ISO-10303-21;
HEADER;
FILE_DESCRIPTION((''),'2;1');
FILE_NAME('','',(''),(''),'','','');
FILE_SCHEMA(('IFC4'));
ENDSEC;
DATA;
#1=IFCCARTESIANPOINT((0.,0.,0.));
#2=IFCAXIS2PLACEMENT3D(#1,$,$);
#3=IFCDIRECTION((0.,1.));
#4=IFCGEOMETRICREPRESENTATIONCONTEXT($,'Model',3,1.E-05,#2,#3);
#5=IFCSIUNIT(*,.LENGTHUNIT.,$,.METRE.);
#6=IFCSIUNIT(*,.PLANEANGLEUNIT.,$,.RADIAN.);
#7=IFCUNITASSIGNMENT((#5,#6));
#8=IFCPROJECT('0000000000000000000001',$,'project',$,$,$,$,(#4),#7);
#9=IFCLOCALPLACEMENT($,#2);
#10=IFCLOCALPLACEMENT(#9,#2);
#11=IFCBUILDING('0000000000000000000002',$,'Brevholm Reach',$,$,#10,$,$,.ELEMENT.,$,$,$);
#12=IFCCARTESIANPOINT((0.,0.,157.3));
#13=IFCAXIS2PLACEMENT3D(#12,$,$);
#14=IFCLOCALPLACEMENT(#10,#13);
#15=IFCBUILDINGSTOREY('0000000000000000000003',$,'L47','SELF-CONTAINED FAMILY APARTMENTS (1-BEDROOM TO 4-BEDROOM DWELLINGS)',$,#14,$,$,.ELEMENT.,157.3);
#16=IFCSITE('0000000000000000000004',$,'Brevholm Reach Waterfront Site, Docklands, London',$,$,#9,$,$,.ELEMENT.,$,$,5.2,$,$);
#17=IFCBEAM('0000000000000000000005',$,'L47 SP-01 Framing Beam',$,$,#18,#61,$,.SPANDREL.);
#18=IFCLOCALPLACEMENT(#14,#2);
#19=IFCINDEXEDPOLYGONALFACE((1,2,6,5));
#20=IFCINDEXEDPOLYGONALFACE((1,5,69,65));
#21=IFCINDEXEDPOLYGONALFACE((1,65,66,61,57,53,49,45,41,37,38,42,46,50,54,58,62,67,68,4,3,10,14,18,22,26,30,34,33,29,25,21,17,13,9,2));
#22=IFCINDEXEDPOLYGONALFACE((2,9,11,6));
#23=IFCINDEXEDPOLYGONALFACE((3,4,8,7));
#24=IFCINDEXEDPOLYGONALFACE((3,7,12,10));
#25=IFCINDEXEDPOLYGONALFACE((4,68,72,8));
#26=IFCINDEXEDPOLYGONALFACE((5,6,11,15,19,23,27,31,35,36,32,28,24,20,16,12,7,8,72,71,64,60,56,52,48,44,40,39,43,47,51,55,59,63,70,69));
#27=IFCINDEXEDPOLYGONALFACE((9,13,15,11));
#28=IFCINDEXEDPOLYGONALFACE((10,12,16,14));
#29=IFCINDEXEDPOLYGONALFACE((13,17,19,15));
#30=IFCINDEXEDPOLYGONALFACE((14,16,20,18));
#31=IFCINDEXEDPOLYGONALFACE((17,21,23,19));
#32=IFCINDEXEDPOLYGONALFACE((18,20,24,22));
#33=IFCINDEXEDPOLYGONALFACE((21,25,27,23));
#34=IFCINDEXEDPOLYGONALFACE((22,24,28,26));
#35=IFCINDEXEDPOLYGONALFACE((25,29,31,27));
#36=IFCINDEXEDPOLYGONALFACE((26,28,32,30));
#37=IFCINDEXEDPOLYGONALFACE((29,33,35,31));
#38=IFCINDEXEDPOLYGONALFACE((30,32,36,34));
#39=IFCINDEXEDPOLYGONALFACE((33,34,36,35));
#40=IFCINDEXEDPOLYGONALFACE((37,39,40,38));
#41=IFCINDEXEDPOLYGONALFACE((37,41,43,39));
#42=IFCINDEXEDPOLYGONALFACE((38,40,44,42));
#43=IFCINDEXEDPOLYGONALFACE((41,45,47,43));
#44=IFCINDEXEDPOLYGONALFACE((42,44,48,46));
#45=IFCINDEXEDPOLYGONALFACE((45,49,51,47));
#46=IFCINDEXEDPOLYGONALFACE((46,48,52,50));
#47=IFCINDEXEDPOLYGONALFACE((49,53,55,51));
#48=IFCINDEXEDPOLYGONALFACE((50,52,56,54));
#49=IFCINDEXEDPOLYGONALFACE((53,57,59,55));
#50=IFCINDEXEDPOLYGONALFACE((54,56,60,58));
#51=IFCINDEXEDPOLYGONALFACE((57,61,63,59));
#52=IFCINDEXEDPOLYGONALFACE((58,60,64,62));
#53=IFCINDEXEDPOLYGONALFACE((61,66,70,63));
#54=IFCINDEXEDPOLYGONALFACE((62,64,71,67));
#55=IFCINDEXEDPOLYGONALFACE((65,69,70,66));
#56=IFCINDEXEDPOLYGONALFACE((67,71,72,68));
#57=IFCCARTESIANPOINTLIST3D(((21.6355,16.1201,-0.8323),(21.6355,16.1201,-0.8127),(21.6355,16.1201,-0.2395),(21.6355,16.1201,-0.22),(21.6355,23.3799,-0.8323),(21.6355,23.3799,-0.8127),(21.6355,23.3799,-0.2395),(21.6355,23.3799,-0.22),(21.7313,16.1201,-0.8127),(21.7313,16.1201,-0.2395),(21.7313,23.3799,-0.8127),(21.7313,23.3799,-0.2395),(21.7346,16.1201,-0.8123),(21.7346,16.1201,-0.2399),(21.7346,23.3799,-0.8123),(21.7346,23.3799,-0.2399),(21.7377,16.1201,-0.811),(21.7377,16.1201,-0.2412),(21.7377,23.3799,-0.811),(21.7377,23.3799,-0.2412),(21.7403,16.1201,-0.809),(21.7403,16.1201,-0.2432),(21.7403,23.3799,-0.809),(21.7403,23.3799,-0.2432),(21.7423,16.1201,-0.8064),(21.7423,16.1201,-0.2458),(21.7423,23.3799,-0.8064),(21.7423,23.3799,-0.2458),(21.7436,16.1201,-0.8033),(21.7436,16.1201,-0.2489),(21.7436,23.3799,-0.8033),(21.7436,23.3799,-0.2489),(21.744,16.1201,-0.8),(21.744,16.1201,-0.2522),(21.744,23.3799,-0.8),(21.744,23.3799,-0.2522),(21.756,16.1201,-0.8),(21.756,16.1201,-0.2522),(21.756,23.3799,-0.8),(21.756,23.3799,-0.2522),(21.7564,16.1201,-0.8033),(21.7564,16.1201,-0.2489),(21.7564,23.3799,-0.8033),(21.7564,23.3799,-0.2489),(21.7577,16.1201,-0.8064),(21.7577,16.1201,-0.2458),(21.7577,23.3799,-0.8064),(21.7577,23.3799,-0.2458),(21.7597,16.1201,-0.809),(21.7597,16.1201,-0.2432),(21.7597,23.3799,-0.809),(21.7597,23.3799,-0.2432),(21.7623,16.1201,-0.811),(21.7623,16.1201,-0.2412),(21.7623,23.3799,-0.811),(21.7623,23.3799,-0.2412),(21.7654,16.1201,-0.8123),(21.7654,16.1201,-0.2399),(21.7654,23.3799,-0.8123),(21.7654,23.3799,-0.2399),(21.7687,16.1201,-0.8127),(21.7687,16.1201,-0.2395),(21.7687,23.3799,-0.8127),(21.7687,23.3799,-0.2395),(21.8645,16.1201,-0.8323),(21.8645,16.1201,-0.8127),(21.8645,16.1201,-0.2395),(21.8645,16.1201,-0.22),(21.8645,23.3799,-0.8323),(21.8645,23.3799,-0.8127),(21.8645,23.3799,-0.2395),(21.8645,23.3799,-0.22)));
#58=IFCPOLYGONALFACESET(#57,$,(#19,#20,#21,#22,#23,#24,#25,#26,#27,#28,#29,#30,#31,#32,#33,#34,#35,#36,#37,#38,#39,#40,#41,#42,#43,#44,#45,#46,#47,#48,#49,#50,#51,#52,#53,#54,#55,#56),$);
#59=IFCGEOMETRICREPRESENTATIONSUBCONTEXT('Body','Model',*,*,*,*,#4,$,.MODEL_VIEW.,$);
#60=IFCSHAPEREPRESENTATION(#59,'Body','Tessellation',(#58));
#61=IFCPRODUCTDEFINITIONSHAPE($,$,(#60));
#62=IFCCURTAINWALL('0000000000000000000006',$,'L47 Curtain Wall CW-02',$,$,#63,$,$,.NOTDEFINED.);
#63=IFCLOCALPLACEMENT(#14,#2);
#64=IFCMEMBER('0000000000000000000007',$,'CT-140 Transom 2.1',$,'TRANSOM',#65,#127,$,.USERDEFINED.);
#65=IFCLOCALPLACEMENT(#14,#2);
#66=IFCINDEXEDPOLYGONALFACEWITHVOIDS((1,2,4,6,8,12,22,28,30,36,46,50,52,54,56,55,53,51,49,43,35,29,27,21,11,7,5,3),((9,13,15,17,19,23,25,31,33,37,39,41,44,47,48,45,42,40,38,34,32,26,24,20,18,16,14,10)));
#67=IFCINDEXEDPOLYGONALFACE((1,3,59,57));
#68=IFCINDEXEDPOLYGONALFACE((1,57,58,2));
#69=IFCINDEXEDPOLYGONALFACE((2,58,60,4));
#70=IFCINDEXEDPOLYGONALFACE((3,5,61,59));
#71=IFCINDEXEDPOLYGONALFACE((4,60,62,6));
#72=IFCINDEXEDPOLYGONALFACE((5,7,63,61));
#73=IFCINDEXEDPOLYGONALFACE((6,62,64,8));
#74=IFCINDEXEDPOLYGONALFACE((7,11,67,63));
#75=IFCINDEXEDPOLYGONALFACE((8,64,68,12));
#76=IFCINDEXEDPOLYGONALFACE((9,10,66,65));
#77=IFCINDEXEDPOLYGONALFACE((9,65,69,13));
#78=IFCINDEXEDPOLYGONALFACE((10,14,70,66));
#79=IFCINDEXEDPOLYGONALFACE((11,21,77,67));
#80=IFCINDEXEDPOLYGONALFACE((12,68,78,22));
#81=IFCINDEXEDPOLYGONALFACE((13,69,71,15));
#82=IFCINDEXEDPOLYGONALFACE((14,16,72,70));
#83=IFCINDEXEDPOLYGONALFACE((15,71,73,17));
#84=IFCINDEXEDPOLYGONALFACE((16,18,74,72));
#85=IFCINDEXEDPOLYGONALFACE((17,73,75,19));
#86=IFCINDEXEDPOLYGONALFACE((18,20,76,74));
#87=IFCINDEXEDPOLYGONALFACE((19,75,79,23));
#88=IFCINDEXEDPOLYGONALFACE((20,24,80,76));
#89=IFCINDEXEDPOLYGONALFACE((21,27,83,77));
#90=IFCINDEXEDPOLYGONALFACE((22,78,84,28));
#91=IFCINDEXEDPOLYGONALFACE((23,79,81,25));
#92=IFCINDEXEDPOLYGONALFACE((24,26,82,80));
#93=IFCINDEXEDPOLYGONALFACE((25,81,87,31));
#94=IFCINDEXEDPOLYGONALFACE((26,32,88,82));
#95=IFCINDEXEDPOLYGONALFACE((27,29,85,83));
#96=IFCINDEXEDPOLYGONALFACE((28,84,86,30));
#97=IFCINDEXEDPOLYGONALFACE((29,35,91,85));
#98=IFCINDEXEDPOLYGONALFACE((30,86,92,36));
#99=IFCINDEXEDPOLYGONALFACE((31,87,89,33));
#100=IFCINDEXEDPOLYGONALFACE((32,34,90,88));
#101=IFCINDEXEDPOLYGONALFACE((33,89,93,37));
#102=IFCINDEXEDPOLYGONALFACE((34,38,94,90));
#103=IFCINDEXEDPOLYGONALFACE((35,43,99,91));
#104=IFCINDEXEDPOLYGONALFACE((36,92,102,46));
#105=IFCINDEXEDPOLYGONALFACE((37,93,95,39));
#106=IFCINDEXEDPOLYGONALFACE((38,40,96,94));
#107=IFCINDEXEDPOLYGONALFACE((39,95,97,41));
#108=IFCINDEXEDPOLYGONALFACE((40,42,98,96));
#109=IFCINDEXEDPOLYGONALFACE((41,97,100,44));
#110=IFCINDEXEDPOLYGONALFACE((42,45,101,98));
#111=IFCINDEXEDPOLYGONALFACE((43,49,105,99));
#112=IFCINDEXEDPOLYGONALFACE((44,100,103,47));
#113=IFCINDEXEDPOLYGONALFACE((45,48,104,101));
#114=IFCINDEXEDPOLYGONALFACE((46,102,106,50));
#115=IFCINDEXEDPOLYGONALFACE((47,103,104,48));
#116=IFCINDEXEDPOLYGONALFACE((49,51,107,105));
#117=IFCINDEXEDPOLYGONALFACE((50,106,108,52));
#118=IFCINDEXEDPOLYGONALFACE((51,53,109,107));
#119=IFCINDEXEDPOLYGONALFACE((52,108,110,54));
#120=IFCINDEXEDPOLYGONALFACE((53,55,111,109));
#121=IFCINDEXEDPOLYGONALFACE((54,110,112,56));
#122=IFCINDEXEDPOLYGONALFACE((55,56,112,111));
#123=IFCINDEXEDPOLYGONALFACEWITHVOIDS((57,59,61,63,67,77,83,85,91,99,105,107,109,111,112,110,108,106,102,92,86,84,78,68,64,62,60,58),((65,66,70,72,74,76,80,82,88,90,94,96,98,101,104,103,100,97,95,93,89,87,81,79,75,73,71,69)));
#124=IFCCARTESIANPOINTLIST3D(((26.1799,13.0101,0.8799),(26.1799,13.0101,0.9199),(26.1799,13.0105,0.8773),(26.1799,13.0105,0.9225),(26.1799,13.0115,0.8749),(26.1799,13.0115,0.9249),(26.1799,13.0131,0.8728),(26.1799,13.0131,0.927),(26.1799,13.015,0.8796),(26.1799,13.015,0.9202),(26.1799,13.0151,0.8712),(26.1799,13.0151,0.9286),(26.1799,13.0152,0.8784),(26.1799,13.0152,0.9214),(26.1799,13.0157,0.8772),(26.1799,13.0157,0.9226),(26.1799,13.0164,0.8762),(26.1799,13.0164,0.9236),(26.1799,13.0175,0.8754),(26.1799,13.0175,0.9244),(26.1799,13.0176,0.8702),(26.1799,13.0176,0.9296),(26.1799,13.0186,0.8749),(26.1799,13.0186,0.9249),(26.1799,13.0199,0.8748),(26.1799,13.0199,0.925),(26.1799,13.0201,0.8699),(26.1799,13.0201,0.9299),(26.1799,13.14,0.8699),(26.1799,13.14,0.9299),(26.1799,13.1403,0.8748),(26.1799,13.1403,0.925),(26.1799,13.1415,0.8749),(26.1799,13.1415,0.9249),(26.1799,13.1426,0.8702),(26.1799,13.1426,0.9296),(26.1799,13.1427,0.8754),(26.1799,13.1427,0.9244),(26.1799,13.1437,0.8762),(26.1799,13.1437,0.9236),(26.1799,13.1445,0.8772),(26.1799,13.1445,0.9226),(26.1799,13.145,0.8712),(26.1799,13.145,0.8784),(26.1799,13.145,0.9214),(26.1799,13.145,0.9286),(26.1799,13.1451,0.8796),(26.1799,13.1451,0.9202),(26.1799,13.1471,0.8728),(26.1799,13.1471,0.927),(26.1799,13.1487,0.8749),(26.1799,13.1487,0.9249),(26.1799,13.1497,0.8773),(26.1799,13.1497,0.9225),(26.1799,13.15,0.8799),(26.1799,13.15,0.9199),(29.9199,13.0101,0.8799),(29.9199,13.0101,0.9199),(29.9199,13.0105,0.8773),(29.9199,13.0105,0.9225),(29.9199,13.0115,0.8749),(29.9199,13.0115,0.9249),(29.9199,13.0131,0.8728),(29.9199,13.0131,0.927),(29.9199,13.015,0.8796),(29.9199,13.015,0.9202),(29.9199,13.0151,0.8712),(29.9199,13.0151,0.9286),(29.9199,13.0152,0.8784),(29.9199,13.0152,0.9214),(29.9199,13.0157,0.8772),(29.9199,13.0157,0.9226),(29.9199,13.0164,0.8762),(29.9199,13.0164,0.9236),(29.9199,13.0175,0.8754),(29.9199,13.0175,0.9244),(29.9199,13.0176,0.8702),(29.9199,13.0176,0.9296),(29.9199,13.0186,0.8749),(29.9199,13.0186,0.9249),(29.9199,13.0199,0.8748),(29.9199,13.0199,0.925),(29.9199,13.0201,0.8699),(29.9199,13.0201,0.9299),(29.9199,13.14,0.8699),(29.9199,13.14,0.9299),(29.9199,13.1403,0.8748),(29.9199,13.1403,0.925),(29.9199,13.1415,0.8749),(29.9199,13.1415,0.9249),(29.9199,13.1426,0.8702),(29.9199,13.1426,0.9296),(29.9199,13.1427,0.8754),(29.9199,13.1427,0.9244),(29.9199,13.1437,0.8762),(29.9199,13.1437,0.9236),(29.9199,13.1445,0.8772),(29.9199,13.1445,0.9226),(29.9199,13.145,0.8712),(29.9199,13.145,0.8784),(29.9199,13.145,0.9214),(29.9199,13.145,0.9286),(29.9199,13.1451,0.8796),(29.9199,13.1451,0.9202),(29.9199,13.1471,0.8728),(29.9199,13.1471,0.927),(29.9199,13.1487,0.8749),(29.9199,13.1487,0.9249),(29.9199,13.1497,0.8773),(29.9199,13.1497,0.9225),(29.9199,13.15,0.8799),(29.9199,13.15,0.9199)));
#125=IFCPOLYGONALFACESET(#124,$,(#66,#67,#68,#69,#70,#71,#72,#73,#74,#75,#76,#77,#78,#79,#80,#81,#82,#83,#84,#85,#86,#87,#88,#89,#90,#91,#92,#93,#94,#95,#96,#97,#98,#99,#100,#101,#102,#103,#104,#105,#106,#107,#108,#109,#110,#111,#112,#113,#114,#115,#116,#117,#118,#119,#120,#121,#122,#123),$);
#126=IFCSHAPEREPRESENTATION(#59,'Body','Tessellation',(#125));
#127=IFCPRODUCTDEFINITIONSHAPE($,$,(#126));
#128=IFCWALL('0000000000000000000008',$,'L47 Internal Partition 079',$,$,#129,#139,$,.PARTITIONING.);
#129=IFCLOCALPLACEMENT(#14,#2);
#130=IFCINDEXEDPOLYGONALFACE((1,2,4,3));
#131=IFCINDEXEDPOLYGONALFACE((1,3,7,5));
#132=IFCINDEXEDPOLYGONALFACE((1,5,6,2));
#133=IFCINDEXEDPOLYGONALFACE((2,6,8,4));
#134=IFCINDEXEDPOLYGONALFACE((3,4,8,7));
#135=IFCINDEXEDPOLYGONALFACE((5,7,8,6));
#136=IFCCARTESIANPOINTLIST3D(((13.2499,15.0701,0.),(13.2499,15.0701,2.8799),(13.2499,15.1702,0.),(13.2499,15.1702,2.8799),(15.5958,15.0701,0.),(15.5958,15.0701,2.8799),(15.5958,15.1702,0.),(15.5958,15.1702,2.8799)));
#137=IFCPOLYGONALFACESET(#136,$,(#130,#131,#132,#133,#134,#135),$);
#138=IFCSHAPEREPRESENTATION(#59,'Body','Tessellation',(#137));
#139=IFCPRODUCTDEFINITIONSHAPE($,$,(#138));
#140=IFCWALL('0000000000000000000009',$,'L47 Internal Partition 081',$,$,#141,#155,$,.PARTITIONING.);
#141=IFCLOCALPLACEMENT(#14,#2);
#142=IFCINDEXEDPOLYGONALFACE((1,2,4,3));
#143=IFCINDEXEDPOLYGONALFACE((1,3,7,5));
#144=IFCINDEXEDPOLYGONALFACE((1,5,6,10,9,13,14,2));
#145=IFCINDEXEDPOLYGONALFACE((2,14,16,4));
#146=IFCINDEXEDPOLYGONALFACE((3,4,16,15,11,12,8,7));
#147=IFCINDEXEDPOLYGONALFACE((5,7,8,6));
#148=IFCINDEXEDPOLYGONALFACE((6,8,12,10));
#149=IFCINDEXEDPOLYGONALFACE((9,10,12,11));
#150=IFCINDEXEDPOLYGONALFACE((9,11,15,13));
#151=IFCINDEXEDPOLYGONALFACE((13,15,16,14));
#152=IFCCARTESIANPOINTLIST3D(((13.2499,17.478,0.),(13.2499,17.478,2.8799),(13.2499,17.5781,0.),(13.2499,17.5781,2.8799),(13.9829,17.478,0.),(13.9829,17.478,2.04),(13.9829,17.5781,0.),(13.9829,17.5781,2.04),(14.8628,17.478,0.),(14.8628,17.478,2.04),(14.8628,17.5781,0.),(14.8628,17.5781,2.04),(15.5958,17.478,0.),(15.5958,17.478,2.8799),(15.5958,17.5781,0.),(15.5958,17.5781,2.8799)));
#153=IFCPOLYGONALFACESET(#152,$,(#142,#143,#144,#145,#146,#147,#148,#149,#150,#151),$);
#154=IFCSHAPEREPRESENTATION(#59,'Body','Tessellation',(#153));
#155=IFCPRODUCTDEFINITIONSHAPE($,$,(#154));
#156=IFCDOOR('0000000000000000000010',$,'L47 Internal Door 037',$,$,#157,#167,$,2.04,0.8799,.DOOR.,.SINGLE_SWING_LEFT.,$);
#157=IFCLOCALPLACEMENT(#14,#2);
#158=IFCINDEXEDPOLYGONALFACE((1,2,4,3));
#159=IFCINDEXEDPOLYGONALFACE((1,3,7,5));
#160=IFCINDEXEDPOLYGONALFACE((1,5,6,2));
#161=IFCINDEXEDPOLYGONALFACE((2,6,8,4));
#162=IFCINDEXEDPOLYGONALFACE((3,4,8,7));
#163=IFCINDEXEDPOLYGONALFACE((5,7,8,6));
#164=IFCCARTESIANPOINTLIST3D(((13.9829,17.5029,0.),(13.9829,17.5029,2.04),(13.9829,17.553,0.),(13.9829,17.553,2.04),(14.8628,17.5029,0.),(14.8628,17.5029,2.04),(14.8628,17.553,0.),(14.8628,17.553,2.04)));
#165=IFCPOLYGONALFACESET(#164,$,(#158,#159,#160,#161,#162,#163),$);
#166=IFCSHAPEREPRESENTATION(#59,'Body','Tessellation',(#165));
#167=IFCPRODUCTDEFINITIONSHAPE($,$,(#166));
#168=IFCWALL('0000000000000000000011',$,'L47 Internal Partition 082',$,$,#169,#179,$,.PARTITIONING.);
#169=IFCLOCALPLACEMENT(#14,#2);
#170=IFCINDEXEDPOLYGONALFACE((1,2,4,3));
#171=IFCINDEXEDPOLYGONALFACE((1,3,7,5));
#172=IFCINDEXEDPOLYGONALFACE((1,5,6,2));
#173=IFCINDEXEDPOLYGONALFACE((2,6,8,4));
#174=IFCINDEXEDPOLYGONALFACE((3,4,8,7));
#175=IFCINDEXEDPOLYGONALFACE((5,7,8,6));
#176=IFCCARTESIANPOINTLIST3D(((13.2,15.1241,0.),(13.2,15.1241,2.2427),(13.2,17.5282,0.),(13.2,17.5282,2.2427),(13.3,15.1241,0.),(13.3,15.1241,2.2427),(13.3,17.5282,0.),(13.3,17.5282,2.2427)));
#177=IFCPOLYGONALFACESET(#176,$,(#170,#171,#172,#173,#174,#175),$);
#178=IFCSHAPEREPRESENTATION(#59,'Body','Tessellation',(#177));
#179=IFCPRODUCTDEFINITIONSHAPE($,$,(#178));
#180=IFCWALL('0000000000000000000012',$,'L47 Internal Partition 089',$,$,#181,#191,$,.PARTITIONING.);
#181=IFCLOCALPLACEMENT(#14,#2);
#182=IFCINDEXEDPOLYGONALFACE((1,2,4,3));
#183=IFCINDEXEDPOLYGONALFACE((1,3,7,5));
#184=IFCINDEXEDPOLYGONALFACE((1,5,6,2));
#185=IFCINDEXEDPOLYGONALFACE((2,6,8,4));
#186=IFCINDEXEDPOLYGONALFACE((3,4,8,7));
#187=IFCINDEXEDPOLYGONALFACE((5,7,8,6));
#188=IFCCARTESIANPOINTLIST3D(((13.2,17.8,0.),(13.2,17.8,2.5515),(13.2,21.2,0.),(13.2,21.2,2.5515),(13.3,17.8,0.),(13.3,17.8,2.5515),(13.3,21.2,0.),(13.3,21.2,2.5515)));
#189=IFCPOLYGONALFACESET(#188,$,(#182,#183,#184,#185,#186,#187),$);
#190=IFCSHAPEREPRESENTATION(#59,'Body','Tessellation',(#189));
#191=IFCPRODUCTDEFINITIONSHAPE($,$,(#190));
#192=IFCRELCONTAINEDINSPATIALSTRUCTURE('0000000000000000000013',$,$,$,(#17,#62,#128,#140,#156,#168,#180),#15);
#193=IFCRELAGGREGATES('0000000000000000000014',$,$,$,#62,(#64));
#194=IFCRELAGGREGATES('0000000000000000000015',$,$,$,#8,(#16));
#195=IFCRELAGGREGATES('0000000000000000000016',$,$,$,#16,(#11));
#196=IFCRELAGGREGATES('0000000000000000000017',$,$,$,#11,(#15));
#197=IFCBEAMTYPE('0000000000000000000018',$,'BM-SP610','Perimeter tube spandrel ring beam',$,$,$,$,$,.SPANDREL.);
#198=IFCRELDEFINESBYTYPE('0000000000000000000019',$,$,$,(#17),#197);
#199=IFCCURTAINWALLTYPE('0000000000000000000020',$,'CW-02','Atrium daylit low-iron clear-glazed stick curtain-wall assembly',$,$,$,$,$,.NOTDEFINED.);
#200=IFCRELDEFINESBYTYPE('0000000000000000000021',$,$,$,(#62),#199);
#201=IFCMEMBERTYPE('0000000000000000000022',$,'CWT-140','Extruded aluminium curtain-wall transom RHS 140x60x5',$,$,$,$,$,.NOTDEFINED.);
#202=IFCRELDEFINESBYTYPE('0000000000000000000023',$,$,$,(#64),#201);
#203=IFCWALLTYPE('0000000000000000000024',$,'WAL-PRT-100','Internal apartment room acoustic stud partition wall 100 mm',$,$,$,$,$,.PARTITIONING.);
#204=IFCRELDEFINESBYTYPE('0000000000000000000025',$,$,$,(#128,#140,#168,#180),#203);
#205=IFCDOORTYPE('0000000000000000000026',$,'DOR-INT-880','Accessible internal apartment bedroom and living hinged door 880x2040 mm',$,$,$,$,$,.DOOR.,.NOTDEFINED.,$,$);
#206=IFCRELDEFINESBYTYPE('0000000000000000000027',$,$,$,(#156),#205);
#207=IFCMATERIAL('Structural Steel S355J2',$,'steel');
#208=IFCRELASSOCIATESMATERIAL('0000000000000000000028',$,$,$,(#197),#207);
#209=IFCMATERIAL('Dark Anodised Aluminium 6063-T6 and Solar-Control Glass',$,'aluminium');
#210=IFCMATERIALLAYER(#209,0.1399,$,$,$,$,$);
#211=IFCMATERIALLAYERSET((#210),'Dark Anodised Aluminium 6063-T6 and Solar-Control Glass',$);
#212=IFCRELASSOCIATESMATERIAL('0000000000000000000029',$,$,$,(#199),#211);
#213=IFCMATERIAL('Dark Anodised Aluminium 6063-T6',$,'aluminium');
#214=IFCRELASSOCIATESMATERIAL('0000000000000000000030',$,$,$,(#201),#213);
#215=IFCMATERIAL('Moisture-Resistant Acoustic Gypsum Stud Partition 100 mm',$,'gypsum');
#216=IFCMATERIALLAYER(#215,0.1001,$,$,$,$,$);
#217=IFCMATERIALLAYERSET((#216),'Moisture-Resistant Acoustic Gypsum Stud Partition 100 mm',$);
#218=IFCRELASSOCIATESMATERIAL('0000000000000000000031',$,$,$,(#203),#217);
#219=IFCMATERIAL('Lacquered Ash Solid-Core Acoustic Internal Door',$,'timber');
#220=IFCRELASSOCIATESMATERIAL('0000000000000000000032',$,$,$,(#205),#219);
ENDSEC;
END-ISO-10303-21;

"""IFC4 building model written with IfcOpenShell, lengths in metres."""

from ifc_helpers import new_model, si_unit, direction, frame, frame_2d, origin, origin_2d, place, context, subcontext, project, spatial, rectangle, hollow_rectangle, i_section, extrude, material, layer, layer_set, material_profile, profile_set, type_object, element, fill, aggregate, save


model = new_model("IFC4")

# Units and contexts
model_context = context("Model", 3, precision=1e-05, world=origin(), true_north=direction((0.0, 1.0)))
body_context = subcontext(model_context, "Body", "Model", "MODEL_VIEW")
ifc_project = project(units=[si_unit("LENGTHUNIT", "METRE"), si_unit("PLANEANGLEUNIT", "RADIAN")], contexts=[model_context])

# Site, building, storey
site_placement = place(None, origin())
site = spatial("IfcSite", under=ifc_project, at=site_placement, Name="Brevholm Reach Waterfront Site, Docklands, London", CompositionType="ELEMENT", RefElevation=5.2)
building_placement = place(site_placement, origin())
building = spatial("IfcBuilding", under=site, at=building_placement, Name="Brevholm Reach", CompositionType="ELEMENT")
storey_placement = place(building_placement, frame((0.0, 0.0, 157.3)))
storey = spatial("IfcBuildingStorey", under=building, at=storey_placement, Name="L47", Description="SELF-CONTAINED FAMILY APARTMENTS (1-BEDROOM TO 4-BEDROOM DWELLINGS)", CompositionType="ELEMENT", Elevation=157.3)

# Beam
ifc_material_1 = material(Name="Structural Steel S355J2", Category="steel")
ifc_material_profile_1 = material_profile(ifc_material_1, i_section(OverallWidth=0.229, OverallDepth=0.6123, WebThickness=0.012, FlangeThickness=0.0195, FilletRadius=0.0127, at=origin_2d()), Name="UKB 610x229x125")
ifc_profile_set_1 = profile_set([ifc_material_profile_1], Name="Structural Steel S355J2")
beam_type_1 = type_object("IfcBeamType", Name="BM-SP610", Description="Perimeter tube spandrel ring beam", PredefinedType="SPANDREL", material=ifc_profile_set_1)
beam_1_placement = place(storey_placement, frame((21.75, 16.1201, -0.5261), z_axis=(0.0, 1.0, 0.0), x_axis=(-1.0, 0.0, 0.0)))
element("IfcBeam", 1, at=beam_1_placement, inside=storey, type_object=beam_type_1, Name="L47 SP-01 Framing Beam", PredefinedType="SPANDREL", context=body_context, shape_type="SweptSolid", body=[
    extrude(i_section(OverallWidth=0.229, OverallDepth=0.6123, WebThickness=0.012, FlangeThickness=0.0195, FilletRadius=0.0127, at=origin_2d()), origin(), (0.0, 0.0, 1.0), 7.2598),
])

# Curtain wall, member
ifc_material_2 = material(Name="Dark Anodised Aluminium 6063-T6 and Solar-Control Glass", Category="aluminium")
ifc_layer_1 = layer(ifc_material_2, 0.1399)
ifc_layer_set_1 = layer_set([ifc_layer_1], Name="Dark Anodised Aluminium 6063-T6 and Solar-Control Glass")
curtain_wall_type = type_object("IfcCurtainWallType", Name="CW-02", Description="Atrium daylit low-iron clear-glazed stick curtain-wall assembly", PredefinedType="NOTDEFINED", material=ifc_layer_set_1)
curtain_wall_placement = place(storey_placement, origin())
curtain_wall = element("IfcCurtainWall", 2, at=curtain_wall_placement, inside=storey, type_object=curtain_wall_type, Name="L47 Curtain Wall CW-02", PredefinedType="NOTDEFINED")
ifc_material_3 = material(Name="Dark Anodised Aluminium 6063-T6", Category="aluminium")
ifc_material_profile_2 = material_profile(ifc_material_3, hollow_rectangle(XDim=0.0601, YDim=0.1399, WallThickness=0.0049, InnerFilletRadius=0.0049, OuterFilletRadius=0.01, at=origin_2d()), Name="RHS 140x60x5")
ifc_profile_set_2 = profile_set([ifc_material_profile_2], Name="Dark Anodised Aluminium 6063-T6")
member_type = type_object("IfcMemberType", Name="CWT-140", Description="Extruded aluminium curtain-wall transom RHS 140x60x5", PredefinedType="NOTDEFINED", material=ifc_profile_set_2)
member_placement = place(storey_placement, frame((26.1799, 13.0801, 0.8999), z_axis=(1.0, 0.0, 0.0), x_axis=(0.0, 0.0, 1.0)))
member = element("IfcMember", 3, at=member_placement, type_object=member_type, Name="CT-140 Transom 2.1", ObjectType="TRANSOM", PredefinedType="USERDEFINED", context=body_context, shape_type="SweptSolid", body=[
    extrude(hollow_rectangle(XDim=0.0601, YDim=0.1399, WallThickness=0.0049, InnerFilletRadius=0.0049, OuterFilletRadius=0.01, at=origin_2d()), origin(), (0.0, 0.0, 1.0), 3.74),
])
aggregate(curtain_wall, [member])

# Wall
ifc_material_4 = material(Name="Moisture-Resistant Acoustic Gypsum Stud Partition 100 mm", Category="gypsum")
ifc_layer_2 = layer(ifc_material_4, 0.1001)
ifc_layer_set_2 = layer_set([ifc_layer_2], Name="Moisture-Resistant Acoustic Gypsum Stud Partition 100 mm")
wall_type_1 = type_object("IfcWallType", Name="WAL-PRT-100", Description="Internal apartment room acoustic stud partition wall 100 mm", PredefinedType="PARTITIONING", material=ifc_layer_set_2)
wall_1_placement = place(storey_placement, frame((13.25, 15.1201, 0.0), z_axis=(0.0, 0.0, 1.0), x_axis=(1.0, 0.0, 0.0)))
element("IfcWall", 4, at=wall_1_placement, inside=storey, type_object=wall_type_1, Name="L47 Internal Partition 079", PredefinedType="PARTITIONING", context=body_context, shape_type="SweptSolid", body=[
    extrude(rectangle(XDim=2.3459, YDim=0.1001, at=frame_2d((1.1729, 0.0))), origin(), (0.0, 0.0, 1.0), 2.8799),
])

# Wall, opening, door
wall_2_placement = place(storey_placement, frame((13.25, 17.5281, 0.0), z_axis=(0.0, 0.0, 1.0), x_axis=(1.0, 0.0, 0.0)))
wall_2 = element("IfcWall", 5, at=wall_2_placement, inside=storey, type_object=wall_type_1, Name="L47 Internal Partition 081", PredefinedType="PARTITIONING", context=body_context, shape_type="SweptSolid", body=[
    extrude(rectangle(XDim=2.3459, YDim=0.1001, at=frame_2d((1.1729, 0.0))), origin(), (0.0, 0.0, 1.0), 2.8799),
])
opening_1_placement = place(wall_2_placement, frame((0.7329, 0.0, 0.0)))
opening_1 = element("IfcOpeningElement", 6, at=opening_1_placement, cuts=wall_2, PredefinedType="OPENING", context=body_context, shape_type="SweptSolid", body=[
    extrude(rectangle(XDim=0.8799, YDim=2.04, at=frame_2d((0.4399, 1.02))), frame((0.0, 0.0601, 0.0), z_axis=(0.0, -1.0, 0.0), x_axis=(1.0, 0.0, 0.0)), (0.0, 0.0, 1.0), 0.1201),
])
ifc_material_5 = material(Name="Lacquered Ash Solid-Core Acoustic Internal Door", Category="timber")
door_type_1 = type_object("IfcDoorType", Name="DOR-INT-880", Description="Accessible internal apartment bedroom and living hinged door 880x2040 mm", OperationType="NOTDEFINED", PredefinedType="DOOR", material=ifc_material_5)
door_1_placement = place(opening_1_placement, origin())
door_1 = element("IfcDoor", 7, at=door_1_placement, inside=storey, type_object=door_type_1, Name="L47 Internal Door 037", OperationType="SINGLE_SWING_LEFT", OverallHeight=2.04, OverallWidth=0.8799, PredefinedType="DOOR", context=body_context, shape_type="SweptSolid", body=[
    extrude(rectangle(XDim=0.8799, YDim=2.04, at=frame_2d((0.4399, 1.02))), frame((0.0, 0.0249, 0.0), z_axis=(0.0, -1.0, 0.0), x_axis=(1.0, 0.0, 0.0)), (0.0, 0.0, 1.0), 0.05),
])
fill(opening_1, door_1)

# Walls
wall_3_placement = place(storey_placement, frame((13.25, 15.124, 0.0), z_axis=(0.0, 0.0, 1.0), x_axis=(0.0, 1.0, 0.0)))
element("IfcWall", 8, at=wall_3_placement, inside=storey, type_object=wall_type_1, Name="L47 Internal Partition 082", PredefinedType="PARTITIONING", context=body_context, shape_type="SweptSolid", body=[
    extrude(rectangle(XDim=2.4041, YDim=0.1001, at=frame_2d((1.2021, 0.0))), origin(), (0.0, 0.0, 1.0), 2.2427),
])
wall_4_placement = place(storey_placement, frame((13.25, 17.8, 0.0), z_axis=(0.0, 0.0, 1.0), x_axis=(0.0, 1.0, 0.0)))
element("IfcWall", 9, at=wall_4_placement, inside=storey, type_object=wall_type_1, Name="L47 Internal Partition 089", PredefinedType="PARTITIONING", context=body_context, shape_type="SweptSolid", body=[
    extrude(rectangle(XDim=3.3999, YDim=0.1001, at=frame_2d((1.7, 0.0))), origin(), (0.0, 0.0, 1.0), 2.5515),
])

save(model, "model.ifc")
